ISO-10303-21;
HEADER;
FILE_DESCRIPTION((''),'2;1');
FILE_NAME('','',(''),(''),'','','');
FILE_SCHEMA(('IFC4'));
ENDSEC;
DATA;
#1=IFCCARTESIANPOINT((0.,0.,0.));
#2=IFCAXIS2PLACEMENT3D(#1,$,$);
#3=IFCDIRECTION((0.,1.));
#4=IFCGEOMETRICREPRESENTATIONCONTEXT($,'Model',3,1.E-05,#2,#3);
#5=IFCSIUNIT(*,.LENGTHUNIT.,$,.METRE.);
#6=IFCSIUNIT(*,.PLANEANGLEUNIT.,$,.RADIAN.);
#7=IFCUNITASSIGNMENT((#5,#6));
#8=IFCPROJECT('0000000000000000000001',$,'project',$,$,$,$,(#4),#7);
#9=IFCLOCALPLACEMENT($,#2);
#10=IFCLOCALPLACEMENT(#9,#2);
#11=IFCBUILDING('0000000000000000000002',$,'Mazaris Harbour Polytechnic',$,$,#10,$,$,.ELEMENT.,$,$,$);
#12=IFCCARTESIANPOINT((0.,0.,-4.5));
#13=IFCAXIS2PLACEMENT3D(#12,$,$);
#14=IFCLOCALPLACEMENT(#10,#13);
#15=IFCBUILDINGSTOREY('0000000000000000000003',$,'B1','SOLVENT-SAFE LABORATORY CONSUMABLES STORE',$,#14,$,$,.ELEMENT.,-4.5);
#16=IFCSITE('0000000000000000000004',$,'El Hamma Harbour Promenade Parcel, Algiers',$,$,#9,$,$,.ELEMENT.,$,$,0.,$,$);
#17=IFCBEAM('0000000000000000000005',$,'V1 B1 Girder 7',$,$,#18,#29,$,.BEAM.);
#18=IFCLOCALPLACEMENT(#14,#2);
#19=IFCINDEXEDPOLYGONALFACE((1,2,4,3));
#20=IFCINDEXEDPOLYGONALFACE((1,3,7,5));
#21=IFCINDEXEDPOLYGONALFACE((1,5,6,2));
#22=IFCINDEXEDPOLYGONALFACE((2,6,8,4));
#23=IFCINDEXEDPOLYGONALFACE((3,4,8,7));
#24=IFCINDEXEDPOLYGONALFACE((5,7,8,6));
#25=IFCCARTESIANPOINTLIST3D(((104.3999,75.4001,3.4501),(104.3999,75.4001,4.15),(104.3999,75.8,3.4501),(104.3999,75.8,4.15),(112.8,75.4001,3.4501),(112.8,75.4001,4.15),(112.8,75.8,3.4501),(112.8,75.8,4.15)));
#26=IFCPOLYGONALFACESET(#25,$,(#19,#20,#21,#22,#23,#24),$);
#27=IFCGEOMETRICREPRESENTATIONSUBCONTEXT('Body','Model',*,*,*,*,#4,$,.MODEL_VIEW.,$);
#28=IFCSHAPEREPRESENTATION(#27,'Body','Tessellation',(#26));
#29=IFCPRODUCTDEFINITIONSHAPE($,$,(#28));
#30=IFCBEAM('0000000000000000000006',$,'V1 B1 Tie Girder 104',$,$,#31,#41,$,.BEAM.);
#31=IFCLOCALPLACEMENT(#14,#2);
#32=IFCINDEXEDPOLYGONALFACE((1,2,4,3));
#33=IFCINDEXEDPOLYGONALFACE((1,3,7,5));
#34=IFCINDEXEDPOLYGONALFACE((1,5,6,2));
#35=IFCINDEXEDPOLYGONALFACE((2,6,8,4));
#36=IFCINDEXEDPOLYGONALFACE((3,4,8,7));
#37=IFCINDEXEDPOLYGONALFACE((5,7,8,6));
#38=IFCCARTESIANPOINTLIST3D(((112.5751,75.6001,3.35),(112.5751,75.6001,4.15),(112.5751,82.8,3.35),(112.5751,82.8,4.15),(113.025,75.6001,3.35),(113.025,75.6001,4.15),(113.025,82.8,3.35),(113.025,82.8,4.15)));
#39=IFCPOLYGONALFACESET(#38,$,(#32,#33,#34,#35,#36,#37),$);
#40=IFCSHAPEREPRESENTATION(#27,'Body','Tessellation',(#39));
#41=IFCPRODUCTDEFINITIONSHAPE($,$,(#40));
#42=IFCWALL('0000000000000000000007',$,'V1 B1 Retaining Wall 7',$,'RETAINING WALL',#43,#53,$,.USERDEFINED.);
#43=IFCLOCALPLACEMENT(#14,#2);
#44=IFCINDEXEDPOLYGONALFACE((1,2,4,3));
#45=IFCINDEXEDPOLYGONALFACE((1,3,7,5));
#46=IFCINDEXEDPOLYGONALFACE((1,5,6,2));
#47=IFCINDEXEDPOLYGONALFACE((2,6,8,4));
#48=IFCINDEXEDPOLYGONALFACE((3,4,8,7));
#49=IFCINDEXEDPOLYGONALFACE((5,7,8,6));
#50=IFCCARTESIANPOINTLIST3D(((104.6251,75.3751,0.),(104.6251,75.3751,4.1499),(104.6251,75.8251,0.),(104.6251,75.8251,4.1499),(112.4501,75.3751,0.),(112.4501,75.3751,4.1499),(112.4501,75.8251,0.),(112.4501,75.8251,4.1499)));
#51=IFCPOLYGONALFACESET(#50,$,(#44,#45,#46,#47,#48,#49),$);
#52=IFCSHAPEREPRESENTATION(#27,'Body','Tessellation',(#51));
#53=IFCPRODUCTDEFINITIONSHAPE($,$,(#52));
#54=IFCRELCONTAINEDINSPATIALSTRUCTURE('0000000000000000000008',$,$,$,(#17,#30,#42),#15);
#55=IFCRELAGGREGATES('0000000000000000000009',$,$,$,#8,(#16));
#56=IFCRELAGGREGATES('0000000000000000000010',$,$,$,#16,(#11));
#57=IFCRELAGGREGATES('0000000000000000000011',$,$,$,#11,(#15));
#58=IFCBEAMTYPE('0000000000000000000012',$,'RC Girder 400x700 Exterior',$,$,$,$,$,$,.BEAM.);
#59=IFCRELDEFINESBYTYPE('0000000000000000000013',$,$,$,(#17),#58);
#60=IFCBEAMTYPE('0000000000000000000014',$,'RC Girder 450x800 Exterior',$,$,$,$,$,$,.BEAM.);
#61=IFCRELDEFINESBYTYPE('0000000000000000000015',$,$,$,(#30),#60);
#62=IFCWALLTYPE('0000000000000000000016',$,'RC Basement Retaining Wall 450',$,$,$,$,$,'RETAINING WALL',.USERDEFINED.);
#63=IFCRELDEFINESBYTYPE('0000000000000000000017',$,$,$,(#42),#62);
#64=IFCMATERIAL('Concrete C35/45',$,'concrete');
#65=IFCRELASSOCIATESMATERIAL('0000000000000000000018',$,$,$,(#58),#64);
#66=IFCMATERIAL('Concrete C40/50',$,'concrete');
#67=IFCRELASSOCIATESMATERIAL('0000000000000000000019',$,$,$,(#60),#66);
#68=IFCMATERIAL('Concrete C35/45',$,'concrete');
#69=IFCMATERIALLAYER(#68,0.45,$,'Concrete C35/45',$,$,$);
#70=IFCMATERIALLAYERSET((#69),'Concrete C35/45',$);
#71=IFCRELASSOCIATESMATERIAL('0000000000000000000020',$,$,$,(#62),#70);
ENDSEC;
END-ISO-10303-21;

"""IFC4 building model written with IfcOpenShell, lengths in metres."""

from ifc_helpers import new_model, si_unit, direction, frame, frame_2d, origin, origin_2d, place, context, subcontext, project, spatial, rectangle, extrude, material, layer, layer_set, material_profile, profile_set, type_object, element, save


model = new_model("IFC4")

# Units and contexts
model_context = context("Model", 3, precision=1e-05, world=origin(), true_north=direction((0.0, 1.0)))
body_context = subcontext(model_context, "Body", "Model", "MODEL_VIEW")
ifc_project = project(units=[si_unit("LENGTHUNIT", "METRE"), si_unit("PLANEANGLEUNIT", "RADIAN")], contexts=[model_context])

# Site, building, storey
site_placement = place(None, origin())
site = spatial("IfcSite", under=ifc_project, at=site_placement, Name="El Hamma Harbour Promenade Parcel, Algiers", CompositionType="ELEMENT", RefElevation=0.0)
building_placement = place(site_placement, origin())
building = spatial("IfcBuilding", under=site, at=building_placement, Name="Mazaris Harbour Polytechnic", CompositionType="ELEMENT")
storey_placement = place(building_placement, frame((0.0, 0.0, -4.5)))
storey = spatial("IfcBuildingStorey", under=building, at=storey_placement, Name="B1", Description="SOLVENT-SAFE LABORATORY CONSUMABLES STORE", CompositionType="ELEMENT", Elevation=-4.5)

# Beams
ifc_material_1 = material(Name="Concrete C35/45", Category="concrete")
ifc_material_profile_1 = material_profile(ifc_material_1, rectangle(XDim=0.3999, YDim=0.7, at=origin_2d()), Name="RECT400x700")
ifc_profile_set_1 = profile_set([ifc_material_profile_1], Name="Concrete C35/45")
beam_type_1 = type_object("IfcBeamType", Name="RC Girder 400x700 Exterior", PredefinedType="BEAM", material=ifc_profile_set_1)
beam_1_placement = place(storey_placement, frame((104.3999, 75.6001, 3.8), z_axis=(1.0, 0.0, 0.0), x_axis=(0.0, 1.0, 0.0)))
element("IfcBeam", 1, at=beam_1_placement, inside=storey, type_object=beam_type_1, Name="V1 B1 Girder 7", PredefinedType="BEAM", context=body_context, shape_type="SweptSolid", body=[
    extrude(rectangle(XDim=0.3999, YDim=0.7, at=origin_2d()), origin(), (0.0, 0.0, 1.0), 8.4001),
])
ifc_material_2 = material(Name="Concrete C40/50", Category="concrete")
ifc_material_profile_2 = material_profile(ifc_material_2, rectangle(XDim=0.45, YDim=0.8, at=origin_2d()), Name="RECT450x800")
ifc_profile_set_2 = profile_set([ifc_material_profile_2], Name="Concrete C40/50")
beam_type_2 = type_object("IfcBeamType", Name="RC Girder 450x800 Exterior", PredefinedType="BEAM", material=ifc_profile_set_2)
beam_2_placement = place(storey_placement, frame((112.8, 75.6001, 3.75), z_axis=(0.0, 1.0, 0.0), x_axis=(-1.0, 0.0, 0.0)))
element("IfcBeam", 2, at=beam_2_placement, inside=storey, type_object=beam_type_2, Name="V1 B1 Tie Girder 104", PredefinedType="BEAM", context=body_context, shape_type="SweptSolid", body=[
    extrude(rectangle(XDim=0.45, YDim=0.8, at=origin_2d()), origin(), (0.0, 0.0, 1.0), 7.2),
])

# Wall
ifc_material_3 = material(Name="Concrete C35/45", Category="concrete")
ifc_layer = layer(ifc_material_3, 0.45, Name="Concrete C35/45")
ifc_layer_set = layer_set([ifc_layer], Name="Concrete C35/45")
wall_type = type_object("IfcWallType", Name="RC Basement Retaining Wall 450", ElementType="RETAINING WALL", PredefinedType="USERDEFINED", material=ifc_layer_set)
wall_placement = place(storey_placement, frame((104.625, 75.6001, 0.0), z_axis=(0.0, 0.0, 1.0), x_axis=(1.0, 0.0, 0.0)))
element("IfcWall", 3, at=wall_placement, inside=storey, type_object=wall_type, Name="V1 B1 Retaining Wall 7", ObjectType="RETAINING WALL", PredefinedType="USERDEFINED", context=body_context, shape_type="SweptSolid", body=[
    extrude(rectangle(XDim=7.825, YDim=0.45, at=frame_2d((3.9126, 0.0))), origin(), (0.0, 0.0, 1.0), 4.1499),
])

save(model, "model.ifc")
